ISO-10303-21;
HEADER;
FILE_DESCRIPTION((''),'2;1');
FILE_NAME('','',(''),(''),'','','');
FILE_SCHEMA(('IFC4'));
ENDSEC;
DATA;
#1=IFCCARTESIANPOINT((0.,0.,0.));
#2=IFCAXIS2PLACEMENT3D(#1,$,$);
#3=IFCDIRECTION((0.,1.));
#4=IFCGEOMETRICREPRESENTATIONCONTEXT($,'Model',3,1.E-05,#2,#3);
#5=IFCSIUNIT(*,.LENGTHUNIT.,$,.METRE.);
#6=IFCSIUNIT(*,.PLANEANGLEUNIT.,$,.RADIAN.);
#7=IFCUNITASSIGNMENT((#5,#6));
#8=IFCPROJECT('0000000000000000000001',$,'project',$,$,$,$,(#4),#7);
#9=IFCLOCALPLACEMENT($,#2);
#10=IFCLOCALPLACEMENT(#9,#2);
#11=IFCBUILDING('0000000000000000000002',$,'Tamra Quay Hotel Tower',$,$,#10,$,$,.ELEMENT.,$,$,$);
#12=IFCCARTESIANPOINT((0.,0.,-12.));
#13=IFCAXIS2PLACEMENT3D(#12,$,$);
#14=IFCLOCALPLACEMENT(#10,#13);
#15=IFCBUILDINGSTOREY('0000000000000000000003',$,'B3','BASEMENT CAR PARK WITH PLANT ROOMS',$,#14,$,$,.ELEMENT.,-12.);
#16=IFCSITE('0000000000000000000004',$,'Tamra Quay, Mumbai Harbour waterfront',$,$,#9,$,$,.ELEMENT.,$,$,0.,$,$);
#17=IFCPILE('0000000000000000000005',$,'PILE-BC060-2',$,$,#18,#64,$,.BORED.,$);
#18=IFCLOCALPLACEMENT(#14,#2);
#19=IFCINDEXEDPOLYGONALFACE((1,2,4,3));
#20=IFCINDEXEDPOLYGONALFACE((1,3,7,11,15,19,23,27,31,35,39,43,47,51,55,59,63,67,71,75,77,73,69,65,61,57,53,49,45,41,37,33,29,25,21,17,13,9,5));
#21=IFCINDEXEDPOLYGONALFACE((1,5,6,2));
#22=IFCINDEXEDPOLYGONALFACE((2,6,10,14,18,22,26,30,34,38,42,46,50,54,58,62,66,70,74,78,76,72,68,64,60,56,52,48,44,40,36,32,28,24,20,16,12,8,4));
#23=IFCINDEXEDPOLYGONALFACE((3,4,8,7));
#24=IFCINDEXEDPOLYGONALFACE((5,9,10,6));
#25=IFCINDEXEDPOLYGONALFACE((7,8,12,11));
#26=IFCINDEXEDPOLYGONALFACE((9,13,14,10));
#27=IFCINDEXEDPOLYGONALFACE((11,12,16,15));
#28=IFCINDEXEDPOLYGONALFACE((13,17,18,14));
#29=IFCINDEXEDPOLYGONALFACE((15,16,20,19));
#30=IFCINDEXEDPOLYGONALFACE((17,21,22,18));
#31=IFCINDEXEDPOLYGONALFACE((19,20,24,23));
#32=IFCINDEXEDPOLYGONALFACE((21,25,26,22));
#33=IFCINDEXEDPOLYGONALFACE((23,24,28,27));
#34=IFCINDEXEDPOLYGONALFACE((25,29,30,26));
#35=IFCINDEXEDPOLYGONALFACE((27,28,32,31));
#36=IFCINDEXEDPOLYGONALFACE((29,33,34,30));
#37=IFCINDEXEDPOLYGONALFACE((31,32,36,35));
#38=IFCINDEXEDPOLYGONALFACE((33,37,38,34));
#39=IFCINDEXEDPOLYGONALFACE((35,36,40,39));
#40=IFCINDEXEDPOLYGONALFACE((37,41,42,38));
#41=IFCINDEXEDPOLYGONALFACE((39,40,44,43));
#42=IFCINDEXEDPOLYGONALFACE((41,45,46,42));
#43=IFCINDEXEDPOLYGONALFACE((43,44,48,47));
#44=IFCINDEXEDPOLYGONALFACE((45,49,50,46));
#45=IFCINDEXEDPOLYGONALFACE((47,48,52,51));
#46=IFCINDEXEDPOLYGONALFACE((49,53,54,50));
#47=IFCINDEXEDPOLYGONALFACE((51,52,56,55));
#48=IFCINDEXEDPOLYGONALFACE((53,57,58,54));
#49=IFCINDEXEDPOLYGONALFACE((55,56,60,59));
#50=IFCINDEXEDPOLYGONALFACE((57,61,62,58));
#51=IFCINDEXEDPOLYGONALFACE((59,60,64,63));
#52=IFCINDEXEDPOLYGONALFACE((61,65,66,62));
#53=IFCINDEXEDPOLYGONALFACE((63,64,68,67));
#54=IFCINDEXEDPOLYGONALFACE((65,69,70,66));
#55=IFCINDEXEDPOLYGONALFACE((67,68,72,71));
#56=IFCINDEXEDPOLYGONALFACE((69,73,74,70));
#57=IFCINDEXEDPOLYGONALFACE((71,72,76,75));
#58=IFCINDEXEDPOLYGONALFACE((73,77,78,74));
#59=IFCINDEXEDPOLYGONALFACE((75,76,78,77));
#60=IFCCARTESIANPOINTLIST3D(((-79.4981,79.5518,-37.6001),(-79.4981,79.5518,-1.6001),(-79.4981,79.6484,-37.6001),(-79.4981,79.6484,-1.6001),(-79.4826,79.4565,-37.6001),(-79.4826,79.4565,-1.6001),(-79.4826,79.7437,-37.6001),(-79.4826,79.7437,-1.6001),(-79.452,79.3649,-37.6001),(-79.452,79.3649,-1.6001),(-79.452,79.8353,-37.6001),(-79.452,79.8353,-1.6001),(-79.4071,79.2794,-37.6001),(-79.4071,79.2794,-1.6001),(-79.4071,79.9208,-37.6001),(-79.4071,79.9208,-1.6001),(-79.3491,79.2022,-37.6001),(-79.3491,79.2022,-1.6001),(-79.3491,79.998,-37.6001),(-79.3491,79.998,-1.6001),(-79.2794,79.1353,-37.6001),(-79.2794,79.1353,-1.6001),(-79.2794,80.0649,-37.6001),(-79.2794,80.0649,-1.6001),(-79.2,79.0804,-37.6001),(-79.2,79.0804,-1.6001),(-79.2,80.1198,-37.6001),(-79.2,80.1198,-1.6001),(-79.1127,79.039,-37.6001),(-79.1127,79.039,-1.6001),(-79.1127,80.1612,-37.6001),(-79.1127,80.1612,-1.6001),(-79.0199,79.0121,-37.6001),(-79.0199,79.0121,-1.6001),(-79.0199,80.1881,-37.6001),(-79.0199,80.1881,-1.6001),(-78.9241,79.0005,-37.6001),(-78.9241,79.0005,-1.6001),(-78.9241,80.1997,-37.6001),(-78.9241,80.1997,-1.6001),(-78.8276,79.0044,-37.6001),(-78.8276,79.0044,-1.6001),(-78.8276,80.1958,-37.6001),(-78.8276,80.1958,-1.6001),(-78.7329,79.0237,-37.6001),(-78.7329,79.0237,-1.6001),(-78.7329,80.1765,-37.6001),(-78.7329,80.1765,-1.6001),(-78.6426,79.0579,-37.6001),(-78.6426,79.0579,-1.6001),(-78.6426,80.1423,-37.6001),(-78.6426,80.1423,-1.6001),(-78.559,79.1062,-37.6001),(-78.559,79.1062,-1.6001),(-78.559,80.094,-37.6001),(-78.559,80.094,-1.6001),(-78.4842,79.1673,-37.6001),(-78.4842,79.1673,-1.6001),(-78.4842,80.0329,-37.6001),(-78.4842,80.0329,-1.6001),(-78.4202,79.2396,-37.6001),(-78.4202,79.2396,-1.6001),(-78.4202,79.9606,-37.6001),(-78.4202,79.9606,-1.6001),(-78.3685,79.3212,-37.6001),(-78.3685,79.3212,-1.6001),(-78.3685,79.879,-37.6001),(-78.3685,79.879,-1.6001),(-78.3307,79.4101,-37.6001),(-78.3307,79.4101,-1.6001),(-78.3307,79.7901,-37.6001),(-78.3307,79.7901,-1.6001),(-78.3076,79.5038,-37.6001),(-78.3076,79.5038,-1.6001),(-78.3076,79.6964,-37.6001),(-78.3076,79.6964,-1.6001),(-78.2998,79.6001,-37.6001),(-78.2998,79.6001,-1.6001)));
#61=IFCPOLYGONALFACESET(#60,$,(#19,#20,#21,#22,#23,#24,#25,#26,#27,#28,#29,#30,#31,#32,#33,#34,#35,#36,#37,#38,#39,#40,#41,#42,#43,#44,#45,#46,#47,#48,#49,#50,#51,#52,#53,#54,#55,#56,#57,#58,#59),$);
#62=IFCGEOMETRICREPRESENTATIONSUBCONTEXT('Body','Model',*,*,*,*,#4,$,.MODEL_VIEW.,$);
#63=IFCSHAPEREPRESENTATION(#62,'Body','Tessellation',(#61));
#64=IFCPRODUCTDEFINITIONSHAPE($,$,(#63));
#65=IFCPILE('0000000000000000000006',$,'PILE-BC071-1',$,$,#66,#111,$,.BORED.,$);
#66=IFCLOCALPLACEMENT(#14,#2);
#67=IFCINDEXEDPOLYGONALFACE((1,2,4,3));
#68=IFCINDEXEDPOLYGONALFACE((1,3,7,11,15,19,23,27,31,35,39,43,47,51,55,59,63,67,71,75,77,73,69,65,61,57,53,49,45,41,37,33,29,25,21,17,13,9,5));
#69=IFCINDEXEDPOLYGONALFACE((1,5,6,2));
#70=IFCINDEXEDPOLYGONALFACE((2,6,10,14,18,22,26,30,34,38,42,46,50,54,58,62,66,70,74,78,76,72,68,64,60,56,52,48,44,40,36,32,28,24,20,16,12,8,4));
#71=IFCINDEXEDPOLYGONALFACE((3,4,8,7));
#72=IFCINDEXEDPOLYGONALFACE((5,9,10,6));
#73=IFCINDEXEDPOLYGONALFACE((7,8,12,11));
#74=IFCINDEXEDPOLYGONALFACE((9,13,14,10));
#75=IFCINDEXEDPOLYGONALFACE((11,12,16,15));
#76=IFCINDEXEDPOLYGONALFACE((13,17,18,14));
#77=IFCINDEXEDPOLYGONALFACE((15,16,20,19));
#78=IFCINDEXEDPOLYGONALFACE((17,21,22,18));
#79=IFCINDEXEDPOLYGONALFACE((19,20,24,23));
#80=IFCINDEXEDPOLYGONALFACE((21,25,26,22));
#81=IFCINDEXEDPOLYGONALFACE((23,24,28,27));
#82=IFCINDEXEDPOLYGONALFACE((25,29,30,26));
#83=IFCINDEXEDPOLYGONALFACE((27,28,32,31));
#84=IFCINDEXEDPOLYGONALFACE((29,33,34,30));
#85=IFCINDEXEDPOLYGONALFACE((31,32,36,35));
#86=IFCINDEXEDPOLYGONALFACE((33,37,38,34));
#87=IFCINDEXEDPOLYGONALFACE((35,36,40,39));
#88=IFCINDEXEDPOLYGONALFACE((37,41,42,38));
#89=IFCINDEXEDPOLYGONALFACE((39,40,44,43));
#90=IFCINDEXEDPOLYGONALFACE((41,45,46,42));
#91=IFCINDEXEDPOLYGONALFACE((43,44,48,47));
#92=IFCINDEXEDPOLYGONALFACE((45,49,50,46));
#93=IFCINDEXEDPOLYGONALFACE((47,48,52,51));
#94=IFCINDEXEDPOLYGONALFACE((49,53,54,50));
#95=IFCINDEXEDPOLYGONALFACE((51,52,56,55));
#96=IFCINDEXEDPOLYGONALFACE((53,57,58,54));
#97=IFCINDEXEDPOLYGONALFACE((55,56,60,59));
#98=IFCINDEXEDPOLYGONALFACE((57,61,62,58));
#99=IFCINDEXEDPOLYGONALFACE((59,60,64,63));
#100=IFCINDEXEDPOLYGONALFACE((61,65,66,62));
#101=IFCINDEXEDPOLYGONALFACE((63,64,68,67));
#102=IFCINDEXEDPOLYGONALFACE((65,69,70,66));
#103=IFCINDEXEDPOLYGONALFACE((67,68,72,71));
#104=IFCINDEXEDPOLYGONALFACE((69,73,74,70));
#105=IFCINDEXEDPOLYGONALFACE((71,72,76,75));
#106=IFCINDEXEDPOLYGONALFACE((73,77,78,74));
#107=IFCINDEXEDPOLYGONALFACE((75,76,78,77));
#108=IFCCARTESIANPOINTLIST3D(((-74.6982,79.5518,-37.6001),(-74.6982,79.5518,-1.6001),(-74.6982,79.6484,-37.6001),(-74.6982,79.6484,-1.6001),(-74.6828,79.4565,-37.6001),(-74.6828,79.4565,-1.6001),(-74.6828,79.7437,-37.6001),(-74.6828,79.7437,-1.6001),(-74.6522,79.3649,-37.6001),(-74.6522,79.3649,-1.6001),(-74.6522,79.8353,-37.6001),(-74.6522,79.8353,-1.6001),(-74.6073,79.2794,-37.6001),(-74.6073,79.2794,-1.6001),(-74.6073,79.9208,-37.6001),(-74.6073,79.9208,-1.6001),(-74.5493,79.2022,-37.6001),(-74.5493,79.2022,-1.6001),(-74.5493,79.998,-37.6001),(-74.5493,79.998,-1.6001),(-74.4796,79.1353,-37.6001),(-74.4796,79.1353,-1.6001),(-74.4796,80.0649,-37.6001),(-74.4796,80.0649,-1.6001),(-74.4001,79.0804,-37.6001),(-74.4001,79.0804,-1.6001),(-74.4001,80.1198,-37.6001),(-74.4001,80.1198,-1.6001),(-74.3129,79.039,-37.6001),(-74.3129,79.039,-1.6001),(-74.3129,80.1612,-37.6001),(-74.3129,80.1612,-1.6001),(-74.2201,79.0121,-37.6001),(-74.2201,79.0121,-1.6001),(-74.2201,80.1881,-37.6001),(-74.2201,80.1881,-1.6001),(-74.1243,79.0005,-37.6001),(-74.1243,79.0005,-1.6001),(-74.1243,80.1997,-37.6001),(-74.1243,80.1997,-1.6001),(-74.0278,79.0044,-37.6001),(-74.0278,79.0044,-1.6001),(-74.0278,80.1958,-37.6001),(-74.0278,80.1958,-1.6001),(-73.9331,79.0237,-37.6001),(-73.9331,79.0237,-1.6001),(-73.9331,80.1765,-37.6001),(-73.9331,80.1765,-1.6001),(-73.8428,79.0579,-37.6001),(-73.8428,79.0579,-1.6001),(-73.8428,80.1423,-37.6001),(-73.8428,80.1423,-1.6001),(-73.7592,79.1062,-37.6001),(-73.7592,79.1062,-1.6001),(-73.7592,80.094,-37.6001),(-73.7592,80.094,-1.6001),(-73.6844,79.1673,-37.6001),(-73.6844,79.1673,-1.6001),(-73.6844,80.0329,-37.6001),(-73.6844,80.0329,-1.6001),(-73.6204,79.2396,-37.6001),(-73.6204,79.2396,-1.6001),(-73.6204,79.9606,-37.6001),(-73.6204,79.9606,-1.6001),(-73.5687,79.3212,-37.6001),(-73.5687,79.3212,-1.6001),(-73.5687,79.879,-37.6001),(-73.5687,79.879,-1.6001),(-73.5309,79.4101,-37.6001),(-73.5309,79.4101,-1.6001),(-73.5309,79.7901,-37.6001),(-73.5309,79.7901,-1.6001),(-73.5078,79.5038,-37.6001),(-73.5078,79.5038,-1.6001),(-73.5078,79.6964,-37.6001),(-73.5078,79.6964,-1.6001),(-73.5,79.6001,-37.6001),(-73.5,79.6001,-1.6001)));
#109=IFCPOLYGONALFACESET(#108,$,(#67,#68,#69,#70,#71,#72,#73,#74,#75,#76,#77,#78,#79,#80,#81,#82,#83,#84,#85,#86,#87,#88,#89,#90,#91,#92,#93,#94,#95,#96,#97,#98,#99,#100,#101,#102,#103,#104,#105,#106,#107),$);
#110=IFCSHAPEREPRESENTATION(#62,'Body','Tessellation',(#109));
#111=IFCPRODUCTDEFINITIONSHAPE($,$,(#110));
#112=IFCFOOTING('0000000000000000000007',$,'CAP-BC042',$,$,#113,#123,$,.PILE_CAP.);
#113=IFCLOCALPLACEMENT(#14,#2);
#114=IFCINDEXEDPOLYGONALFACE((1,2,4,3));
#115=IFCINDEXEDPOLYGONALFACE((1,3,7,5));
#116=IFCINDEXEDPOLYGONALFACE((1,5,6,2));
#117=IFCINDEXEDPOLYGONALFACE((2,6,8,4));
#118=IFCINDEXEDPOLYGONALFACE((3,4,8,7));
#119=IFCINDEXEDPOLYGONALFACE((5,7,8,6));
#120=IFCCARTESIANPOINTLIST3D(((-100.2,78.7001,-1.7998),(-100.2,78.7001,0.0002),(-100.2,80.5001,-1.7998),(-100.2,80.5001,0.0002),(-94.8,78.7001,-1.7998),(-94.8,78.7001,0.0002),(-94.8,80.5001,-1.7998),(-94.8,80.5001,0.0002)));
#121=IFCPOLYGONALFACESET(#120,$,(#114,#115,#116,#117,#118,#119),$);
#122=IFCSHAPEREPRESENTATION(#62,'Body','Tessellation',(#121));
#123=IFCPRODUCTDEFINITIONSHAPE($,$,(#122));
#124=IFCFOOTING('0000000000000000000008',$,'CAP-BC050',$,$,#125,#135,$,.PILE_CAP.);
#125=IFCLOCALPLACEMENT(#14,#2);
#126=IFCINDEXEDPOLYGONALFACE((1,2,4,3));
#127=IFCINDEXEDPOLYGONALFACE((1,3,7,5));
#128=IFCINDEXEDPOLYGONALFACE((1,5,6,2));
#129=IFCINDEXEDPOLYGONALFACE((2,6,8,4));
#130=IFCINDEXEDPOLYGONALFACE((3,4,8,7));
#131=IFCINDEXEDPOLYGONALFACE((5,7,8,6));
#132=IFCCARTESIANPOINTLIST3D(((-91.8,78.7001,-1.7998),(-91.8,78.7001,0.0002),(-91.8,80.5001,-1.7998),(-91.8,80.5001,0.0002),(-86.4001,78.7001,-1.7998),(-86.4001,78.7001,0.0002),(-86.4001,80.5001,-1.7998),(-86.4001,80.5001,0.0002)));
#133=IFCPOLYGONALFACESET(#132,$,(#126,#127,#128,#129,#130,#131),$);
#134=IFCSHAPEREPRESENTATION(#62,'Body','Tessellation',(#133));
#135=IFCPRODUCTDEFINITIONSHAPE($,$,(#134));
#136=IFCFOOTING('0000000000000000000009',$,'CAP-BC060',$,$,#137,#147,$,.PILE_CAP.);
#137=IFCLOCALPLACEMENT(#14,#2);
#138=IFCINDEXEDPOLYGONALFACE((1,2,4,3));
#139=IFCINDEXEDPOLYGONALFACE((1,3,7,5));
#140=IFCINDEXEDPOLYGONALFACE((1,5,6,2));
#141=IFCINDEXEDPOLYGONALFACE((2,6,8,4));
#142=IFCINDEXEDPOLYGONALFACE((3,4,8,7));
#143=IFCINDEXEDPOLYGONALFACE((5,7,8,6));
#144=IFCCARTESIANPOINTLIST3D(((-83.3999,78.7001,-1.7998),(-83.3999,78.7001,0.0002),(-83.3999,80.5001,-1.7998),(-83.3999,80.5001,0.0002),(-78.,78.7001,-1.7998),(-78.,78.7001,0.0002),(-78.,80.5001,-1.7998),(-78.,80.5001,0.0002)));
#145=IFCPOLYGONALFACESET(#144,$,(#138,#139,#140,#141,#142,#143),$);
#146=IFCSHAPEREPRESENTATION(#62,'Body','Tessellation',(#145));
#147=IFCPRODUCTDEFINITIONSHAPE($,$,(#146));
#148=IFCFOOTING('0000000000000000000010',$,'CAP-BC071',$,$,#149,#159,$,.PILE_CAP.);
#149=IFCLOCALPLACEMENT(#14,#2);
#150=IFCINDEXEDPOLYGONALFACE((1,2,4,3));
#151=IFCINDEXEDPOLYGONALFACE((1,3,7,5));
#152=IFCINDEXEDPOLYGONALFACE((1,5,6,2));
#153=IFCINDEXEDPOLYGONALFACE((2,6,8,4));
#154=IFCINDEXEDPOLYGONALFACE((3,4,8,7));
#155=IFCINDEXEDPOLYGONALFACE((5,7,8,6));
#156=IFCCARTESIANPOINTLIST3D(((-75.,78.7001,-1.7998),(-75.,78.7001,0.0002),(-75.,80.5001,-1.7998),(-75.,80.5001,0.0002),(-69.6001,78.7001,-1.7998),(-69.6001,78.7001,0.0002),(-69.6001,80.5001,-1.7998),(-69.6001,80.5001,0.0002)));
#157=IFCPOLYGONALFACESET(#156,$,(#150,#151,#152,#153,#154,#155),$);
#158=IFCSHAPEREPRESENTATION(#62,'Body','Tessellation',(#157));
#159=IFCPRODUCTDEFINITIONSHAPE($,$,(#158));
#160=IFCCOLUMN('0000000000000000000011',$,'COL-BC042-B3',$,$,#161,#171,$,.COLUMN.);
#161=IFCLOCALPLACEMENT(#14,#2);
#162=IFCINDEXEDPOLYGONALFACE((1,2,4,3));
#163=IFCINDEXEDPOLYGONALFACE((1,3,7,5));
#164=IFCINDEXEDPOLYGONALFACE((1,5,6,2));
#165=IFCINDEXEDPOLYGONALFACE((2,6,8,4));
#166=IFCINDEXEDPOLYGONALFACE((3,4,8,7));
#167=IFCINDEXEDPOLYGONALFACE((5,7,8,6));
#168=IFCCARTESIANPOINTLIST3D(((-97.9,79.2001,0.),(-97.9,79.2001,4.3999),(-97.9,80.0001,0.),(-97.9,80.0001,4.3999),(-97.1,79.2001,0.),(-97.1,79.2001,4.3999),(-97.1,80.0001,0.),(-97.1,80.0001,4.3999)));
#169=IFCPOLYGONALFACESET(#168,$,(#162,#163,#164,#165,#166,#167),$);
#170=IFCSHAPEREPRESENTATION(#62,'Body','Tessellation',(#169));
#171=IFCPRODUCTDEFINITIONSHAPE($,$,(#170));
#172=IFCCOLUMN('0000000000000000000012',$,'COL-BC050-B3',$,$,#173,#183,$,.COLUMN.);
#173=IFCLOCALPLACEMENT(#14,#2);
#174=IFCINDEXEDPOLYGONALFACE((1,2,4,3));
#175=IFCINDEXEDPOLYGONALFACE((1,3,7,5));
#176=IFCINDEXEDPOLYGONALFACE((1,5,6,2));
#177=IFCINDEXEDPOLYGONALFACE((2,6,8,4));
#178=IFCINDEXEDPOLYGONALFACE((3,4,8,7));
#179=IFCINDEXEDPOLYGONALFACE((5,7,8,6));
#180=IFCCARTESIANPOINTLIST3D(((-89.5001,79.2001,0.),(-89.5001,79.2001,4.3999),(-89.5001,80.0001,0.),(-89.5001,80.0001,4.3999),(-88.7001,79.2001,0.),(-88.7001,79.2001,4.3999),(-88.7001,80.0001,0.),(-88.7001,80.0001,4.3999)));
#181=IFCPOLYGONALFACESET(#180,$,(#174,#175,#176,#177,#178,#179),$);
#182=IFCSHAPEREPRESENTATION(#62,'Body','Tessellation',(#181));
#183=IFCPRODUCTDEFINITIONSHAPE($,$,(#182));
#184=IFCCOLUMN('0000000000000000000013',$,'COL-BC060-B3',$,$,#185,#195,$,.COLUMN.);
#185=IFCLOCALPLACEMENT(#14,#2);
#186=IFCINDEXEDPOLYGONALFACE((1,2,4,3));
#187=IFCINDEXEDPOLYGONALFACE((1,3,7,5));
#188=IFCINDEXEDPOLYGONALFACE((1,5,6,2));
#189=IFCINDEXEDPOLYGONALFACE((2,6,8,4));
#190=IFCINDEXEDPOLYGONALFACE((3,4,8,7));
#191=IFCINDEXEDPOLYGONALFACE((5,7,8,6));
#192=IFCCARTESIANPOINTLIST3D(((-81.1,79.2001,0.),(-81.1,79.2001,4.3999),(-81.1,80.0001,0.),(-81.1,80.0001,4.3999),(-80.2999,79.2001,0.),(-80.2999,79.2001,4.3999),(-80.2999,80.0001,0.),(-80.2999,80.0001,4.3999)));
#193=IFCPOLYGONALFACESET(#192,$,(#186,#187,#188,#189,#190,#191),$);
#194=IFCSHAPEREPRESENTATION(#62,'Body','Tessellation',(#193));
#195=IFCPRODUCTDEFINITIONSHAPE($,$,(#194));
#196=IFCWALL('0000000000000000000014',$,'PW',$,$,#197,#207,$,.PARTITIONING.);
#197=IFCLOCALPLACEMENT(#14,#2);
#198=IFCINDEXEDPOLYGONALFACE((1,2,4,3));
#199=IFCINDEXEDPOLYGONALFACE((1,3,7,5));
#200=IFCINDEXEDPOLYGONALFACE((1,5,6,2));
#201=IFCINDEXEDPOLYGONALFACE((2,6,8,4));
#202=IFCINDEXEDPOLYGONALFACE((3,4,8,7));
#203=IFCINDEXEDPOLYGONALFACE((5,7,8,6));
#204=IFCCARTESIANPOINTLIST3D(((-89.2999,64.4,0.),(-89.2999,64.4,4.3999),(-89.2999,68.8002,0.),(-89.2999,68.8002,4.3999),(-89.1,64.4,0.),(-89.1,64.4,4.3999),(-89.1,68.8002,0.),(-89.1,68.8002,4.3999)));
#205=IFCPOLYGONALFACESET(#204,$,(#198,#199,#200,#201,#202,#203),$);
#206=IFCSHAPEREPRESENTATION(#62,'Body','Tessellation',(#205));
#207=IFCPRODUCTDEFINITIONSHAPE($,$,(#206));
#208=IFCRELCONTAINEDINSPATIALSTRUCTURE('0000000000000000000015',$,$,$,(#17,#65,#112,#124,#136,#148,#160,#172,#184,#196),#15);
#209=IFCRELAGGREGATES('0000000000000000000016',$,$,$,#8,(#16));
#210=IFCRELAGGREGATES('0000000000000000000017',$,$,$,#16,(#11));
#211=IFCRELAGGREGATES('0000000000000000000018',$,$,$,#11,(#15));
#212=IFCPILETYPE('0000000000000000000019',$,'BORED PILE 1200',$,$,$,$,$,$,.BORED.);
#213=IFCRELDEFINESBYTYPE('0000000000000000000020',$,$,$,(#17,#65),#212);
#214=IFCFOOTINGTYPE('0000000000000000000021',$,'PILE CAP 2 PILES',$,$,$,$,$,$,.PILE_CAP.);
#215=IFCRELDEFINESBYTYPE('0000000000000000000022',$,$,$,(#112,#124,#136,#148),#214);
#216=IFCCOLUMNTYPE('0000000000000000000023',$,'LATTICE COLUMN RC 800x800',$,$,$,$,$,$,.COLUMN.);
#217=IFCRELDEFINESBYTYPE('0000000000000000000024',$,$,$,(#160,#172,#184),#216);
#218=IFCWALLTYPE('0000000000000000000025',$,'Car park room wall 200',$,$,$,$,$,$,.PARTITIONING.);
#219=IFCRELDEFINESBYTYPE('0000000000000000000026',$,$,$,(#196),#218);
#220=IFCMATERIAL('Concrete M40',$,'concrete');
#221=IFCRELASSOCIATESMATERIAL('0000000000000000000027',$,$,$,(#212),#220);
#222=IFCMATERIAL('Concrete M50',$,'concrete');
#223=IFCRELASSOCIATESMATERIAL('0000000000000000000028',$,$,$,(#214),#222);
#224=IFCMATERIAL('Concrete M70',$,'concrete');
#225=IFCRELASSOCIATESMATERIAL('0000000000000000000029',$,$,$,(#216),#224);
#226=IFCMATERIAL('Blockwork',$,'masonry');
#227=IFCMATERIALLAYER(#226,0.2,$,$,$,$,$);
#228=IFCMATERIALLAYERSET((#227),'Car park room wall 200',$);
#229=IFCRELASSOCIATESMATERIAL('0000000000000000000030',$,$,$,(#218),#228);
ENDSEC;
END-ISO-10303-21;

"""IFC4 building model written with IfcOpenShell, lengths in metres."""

from ifc_helpers import new_model, si_unit, direction, frame, frame_2d, origin, origin_2d, place, context, subcontext, project, spatial, rectangle, circle, extrude, material, layer, layer_set, material_profile, profile_set, type_object, element, save


model = new_model("IFC4")

# Units and contexts
model_context = context("Model", 3, precision=1e-05, world=origin(), true_north=direction((0.0, 1.0)))
body_context = subcontext(model_context, "Body", "Model", "MODEL_VIEW")
ifc_project = project(units=[si_unit("LENGTHUNIT", "METRE"), si_unit("PLANEANGLEUNIT", "RADIAN")], contexts=[model_context])

# Site, building, storey
site_placement = place(None, origin())
site = spatial("IfcSite", under=ifc_project, at=site_placement, Name="Tamra Quay, Mumbai Harbour waterfront", CompositionType="ELEMENT", RefElevation=0.0)
building_placement = place(site_placement, origin())
building = spatial("IfcBuilding", under=site, at=building_placement, Name="Tamra Quay Hotel Tower", CompositionType="ELEMENT")
storey_placement = place(building_placement, frame((0.0, 0.0, -12.0)))
storey = spatial("IfcBuildingStorey", under=building, at=storey_placement, Name="B3", Description="BASEMENT CAR PARK WITH PLANT ROOMS", CompositionType="ELEMENT", Elevation=-12.0)

# Piles
ifc_material_1 = material(Name="Concrete M40", Category="concrete")
ifc_material_profile_1 = material_profile(ifc_material_1, circle(Radius=0.6001, at=origin_2d()), Name="BORED PILE 1200")
ifc_profile_set_1 = profile_set([ifc_material_profile_1], Name="Concrete M40")
pile_type = type_object("IfcPileType", Name="BORED PILE 1200", PredefinedType="BORED", material=ifc_profile_set_1)
for number, where, z_axis, x_axis, name in (
    (1, (-78.8999, 79.6001, -1.6001), (0.0, 0.0, -1.0), (1.0, 0.0, 0.0), "PILE-BC060-2"),
    (2, (-74.1001, 79.6001, -1.6001), (0.0, 0.0, -1.0), (1.0, 0.0, 0.0), "PILE-BC071-1"),
):
    element("IfcPile", number, at=place(storey_placement, frame(where, z_axis=z_axis, x_axis=x_axis)), inside=storey, type_object=pile_type, Name=name, PredefinedType="BORED", context=body_context, shape_type="SweptSolid", body=[
        extrude(circle(Radius=0.6001, at=origin_2d()), origin(), (0.0, 0.0, 1.0), 36.0),
    ])

# Footings
ifc_material_2 = material(Name="Concrete M50", Category="concrete")
footing_type = type_object("IfcFootingType", Name="PILE CAP 2 PILES", PredefinedType="PILE_CAP", material=ifc_material_2)
for number, where, z_axis, x_axis, name in (
    (3, (-97.5, 79.6001, -1.7998), (0.0, 0.0, 1.0), (1.0, 0.0, 0.0), "CAP-BC042"),
    (4, (-89.1001, 79.6001, -1.7998), (0.0, 0.0, 1.0), (1.0, 0.0, 0.0), "CAP-BC050"),
    (5, (-80.7, 79.6001, -1.7998), (0.0, 0.0, 1.0), (1.0, 0.0, 0.0), "CAP-BC060"),
    (6, (-72.3, 79.6001, -1.7998), (0.0, 0.0, 1.0), (1.0, 0.0, 0.0), "CAP-BC071"),
):
    element("IfcFooting", number, at=place(storey_placement, frame(where, z_axis=z_axis, x_axis=x_axis)), inside=storey, type_object=footing_type, Name=name, PredefinedType="PILE_CAP", context=body_context, shape_type="SweptSolid", body=[
        extrude(rectangle(XDim=5.3999, YDim=1.8, at=origin_2d()), origin(), (0.0, 0.0, 1.0), 1.8),
    ])

# Columns
ifc_material_3 = material(Name="Concrete M70", Category="concrete")
ifc_material_profile_2 = material_profile(ifc_material_3, rectangle(XDim=0.8, YDim=0.8, at=origin_2d()), Name="LATTICE COLUMN RC 800x800")
ifc_profile_set_2 = profile_set([ifc_material_profile_2], Name="Concrete M70")
column_type = type_object("IfcColumnType", Name="LATTICE COLUMN RC 800x800", PredefinedType="COLUMN", material=ifc_profile_set_2)
for number, where, z_axis, x_axis, name in (
    (7, (-97.5, 79.6001, 0.0), (0.0, 0.0, 1.0), (1.0, 0.0, 0.0), "COL-BC042-B3"),
    (8, (-89.1001, 79.6001, 0.0), (0.0, 0.0, 1.0), (1.0, 0.0, 0.0), "COL-BC050-B3"),
    (9, (-80.7, 79.6001, 0.0), (0.0, 0.0, 1.0), (1.0, 0.0, 0.0), "COL-BC060-B3"),
):
    element("IfcColumn", number, at=place(storey_placement, frame(where, z_axis=z_axis, x_axis=x_axis)), inside=storey, type_object=column_type, Name=name, PredefinedType="COLUMN", context=body_context, shape_type="SweptSolid", body=[
        extrude(rectangle(XDim=0.8, YDim=0.8, at=origin_2d()), origin(), (0.0, 0.0, 1.0), 4.3999),
    ])

# Wall
ifc_material_4 = material(Name="Blockwork", Category="masonry")
ifc_layer_1 = layer(ifc_material_4, 0.2)
ifc_layer_set_1 = layer_set([ifc_layer_1], Name="Car park room wall 200")
wall_type_1 = type_object("IfcWallType", Name="Car park room wall 200", PredefinedType="PARTITIONING", material=ifc_layer_set_1)
wall_1_placement = place(storey_placement, frame((-89.2, 64.3999, 0.0), z_axis=(0.0, 0.0, 1.0), x_axis=(0.0, 1.0, 0.0)))
element("IfcWall", 10, at=wall_1_placement, inside=storey, type_object=wall_type_1, Name="PW", PredefinedType="PARTITIONING", context=body_context, shape_type="SweptSolid", body=[
    extrude(rectangle(XDim=4.4001, YDim=0.2, at=frame_2d((2.2002, 0.0))), origin(), (0.0, 0.0, 1.0), 4.3999),
])

save(model, "model.ifc")
